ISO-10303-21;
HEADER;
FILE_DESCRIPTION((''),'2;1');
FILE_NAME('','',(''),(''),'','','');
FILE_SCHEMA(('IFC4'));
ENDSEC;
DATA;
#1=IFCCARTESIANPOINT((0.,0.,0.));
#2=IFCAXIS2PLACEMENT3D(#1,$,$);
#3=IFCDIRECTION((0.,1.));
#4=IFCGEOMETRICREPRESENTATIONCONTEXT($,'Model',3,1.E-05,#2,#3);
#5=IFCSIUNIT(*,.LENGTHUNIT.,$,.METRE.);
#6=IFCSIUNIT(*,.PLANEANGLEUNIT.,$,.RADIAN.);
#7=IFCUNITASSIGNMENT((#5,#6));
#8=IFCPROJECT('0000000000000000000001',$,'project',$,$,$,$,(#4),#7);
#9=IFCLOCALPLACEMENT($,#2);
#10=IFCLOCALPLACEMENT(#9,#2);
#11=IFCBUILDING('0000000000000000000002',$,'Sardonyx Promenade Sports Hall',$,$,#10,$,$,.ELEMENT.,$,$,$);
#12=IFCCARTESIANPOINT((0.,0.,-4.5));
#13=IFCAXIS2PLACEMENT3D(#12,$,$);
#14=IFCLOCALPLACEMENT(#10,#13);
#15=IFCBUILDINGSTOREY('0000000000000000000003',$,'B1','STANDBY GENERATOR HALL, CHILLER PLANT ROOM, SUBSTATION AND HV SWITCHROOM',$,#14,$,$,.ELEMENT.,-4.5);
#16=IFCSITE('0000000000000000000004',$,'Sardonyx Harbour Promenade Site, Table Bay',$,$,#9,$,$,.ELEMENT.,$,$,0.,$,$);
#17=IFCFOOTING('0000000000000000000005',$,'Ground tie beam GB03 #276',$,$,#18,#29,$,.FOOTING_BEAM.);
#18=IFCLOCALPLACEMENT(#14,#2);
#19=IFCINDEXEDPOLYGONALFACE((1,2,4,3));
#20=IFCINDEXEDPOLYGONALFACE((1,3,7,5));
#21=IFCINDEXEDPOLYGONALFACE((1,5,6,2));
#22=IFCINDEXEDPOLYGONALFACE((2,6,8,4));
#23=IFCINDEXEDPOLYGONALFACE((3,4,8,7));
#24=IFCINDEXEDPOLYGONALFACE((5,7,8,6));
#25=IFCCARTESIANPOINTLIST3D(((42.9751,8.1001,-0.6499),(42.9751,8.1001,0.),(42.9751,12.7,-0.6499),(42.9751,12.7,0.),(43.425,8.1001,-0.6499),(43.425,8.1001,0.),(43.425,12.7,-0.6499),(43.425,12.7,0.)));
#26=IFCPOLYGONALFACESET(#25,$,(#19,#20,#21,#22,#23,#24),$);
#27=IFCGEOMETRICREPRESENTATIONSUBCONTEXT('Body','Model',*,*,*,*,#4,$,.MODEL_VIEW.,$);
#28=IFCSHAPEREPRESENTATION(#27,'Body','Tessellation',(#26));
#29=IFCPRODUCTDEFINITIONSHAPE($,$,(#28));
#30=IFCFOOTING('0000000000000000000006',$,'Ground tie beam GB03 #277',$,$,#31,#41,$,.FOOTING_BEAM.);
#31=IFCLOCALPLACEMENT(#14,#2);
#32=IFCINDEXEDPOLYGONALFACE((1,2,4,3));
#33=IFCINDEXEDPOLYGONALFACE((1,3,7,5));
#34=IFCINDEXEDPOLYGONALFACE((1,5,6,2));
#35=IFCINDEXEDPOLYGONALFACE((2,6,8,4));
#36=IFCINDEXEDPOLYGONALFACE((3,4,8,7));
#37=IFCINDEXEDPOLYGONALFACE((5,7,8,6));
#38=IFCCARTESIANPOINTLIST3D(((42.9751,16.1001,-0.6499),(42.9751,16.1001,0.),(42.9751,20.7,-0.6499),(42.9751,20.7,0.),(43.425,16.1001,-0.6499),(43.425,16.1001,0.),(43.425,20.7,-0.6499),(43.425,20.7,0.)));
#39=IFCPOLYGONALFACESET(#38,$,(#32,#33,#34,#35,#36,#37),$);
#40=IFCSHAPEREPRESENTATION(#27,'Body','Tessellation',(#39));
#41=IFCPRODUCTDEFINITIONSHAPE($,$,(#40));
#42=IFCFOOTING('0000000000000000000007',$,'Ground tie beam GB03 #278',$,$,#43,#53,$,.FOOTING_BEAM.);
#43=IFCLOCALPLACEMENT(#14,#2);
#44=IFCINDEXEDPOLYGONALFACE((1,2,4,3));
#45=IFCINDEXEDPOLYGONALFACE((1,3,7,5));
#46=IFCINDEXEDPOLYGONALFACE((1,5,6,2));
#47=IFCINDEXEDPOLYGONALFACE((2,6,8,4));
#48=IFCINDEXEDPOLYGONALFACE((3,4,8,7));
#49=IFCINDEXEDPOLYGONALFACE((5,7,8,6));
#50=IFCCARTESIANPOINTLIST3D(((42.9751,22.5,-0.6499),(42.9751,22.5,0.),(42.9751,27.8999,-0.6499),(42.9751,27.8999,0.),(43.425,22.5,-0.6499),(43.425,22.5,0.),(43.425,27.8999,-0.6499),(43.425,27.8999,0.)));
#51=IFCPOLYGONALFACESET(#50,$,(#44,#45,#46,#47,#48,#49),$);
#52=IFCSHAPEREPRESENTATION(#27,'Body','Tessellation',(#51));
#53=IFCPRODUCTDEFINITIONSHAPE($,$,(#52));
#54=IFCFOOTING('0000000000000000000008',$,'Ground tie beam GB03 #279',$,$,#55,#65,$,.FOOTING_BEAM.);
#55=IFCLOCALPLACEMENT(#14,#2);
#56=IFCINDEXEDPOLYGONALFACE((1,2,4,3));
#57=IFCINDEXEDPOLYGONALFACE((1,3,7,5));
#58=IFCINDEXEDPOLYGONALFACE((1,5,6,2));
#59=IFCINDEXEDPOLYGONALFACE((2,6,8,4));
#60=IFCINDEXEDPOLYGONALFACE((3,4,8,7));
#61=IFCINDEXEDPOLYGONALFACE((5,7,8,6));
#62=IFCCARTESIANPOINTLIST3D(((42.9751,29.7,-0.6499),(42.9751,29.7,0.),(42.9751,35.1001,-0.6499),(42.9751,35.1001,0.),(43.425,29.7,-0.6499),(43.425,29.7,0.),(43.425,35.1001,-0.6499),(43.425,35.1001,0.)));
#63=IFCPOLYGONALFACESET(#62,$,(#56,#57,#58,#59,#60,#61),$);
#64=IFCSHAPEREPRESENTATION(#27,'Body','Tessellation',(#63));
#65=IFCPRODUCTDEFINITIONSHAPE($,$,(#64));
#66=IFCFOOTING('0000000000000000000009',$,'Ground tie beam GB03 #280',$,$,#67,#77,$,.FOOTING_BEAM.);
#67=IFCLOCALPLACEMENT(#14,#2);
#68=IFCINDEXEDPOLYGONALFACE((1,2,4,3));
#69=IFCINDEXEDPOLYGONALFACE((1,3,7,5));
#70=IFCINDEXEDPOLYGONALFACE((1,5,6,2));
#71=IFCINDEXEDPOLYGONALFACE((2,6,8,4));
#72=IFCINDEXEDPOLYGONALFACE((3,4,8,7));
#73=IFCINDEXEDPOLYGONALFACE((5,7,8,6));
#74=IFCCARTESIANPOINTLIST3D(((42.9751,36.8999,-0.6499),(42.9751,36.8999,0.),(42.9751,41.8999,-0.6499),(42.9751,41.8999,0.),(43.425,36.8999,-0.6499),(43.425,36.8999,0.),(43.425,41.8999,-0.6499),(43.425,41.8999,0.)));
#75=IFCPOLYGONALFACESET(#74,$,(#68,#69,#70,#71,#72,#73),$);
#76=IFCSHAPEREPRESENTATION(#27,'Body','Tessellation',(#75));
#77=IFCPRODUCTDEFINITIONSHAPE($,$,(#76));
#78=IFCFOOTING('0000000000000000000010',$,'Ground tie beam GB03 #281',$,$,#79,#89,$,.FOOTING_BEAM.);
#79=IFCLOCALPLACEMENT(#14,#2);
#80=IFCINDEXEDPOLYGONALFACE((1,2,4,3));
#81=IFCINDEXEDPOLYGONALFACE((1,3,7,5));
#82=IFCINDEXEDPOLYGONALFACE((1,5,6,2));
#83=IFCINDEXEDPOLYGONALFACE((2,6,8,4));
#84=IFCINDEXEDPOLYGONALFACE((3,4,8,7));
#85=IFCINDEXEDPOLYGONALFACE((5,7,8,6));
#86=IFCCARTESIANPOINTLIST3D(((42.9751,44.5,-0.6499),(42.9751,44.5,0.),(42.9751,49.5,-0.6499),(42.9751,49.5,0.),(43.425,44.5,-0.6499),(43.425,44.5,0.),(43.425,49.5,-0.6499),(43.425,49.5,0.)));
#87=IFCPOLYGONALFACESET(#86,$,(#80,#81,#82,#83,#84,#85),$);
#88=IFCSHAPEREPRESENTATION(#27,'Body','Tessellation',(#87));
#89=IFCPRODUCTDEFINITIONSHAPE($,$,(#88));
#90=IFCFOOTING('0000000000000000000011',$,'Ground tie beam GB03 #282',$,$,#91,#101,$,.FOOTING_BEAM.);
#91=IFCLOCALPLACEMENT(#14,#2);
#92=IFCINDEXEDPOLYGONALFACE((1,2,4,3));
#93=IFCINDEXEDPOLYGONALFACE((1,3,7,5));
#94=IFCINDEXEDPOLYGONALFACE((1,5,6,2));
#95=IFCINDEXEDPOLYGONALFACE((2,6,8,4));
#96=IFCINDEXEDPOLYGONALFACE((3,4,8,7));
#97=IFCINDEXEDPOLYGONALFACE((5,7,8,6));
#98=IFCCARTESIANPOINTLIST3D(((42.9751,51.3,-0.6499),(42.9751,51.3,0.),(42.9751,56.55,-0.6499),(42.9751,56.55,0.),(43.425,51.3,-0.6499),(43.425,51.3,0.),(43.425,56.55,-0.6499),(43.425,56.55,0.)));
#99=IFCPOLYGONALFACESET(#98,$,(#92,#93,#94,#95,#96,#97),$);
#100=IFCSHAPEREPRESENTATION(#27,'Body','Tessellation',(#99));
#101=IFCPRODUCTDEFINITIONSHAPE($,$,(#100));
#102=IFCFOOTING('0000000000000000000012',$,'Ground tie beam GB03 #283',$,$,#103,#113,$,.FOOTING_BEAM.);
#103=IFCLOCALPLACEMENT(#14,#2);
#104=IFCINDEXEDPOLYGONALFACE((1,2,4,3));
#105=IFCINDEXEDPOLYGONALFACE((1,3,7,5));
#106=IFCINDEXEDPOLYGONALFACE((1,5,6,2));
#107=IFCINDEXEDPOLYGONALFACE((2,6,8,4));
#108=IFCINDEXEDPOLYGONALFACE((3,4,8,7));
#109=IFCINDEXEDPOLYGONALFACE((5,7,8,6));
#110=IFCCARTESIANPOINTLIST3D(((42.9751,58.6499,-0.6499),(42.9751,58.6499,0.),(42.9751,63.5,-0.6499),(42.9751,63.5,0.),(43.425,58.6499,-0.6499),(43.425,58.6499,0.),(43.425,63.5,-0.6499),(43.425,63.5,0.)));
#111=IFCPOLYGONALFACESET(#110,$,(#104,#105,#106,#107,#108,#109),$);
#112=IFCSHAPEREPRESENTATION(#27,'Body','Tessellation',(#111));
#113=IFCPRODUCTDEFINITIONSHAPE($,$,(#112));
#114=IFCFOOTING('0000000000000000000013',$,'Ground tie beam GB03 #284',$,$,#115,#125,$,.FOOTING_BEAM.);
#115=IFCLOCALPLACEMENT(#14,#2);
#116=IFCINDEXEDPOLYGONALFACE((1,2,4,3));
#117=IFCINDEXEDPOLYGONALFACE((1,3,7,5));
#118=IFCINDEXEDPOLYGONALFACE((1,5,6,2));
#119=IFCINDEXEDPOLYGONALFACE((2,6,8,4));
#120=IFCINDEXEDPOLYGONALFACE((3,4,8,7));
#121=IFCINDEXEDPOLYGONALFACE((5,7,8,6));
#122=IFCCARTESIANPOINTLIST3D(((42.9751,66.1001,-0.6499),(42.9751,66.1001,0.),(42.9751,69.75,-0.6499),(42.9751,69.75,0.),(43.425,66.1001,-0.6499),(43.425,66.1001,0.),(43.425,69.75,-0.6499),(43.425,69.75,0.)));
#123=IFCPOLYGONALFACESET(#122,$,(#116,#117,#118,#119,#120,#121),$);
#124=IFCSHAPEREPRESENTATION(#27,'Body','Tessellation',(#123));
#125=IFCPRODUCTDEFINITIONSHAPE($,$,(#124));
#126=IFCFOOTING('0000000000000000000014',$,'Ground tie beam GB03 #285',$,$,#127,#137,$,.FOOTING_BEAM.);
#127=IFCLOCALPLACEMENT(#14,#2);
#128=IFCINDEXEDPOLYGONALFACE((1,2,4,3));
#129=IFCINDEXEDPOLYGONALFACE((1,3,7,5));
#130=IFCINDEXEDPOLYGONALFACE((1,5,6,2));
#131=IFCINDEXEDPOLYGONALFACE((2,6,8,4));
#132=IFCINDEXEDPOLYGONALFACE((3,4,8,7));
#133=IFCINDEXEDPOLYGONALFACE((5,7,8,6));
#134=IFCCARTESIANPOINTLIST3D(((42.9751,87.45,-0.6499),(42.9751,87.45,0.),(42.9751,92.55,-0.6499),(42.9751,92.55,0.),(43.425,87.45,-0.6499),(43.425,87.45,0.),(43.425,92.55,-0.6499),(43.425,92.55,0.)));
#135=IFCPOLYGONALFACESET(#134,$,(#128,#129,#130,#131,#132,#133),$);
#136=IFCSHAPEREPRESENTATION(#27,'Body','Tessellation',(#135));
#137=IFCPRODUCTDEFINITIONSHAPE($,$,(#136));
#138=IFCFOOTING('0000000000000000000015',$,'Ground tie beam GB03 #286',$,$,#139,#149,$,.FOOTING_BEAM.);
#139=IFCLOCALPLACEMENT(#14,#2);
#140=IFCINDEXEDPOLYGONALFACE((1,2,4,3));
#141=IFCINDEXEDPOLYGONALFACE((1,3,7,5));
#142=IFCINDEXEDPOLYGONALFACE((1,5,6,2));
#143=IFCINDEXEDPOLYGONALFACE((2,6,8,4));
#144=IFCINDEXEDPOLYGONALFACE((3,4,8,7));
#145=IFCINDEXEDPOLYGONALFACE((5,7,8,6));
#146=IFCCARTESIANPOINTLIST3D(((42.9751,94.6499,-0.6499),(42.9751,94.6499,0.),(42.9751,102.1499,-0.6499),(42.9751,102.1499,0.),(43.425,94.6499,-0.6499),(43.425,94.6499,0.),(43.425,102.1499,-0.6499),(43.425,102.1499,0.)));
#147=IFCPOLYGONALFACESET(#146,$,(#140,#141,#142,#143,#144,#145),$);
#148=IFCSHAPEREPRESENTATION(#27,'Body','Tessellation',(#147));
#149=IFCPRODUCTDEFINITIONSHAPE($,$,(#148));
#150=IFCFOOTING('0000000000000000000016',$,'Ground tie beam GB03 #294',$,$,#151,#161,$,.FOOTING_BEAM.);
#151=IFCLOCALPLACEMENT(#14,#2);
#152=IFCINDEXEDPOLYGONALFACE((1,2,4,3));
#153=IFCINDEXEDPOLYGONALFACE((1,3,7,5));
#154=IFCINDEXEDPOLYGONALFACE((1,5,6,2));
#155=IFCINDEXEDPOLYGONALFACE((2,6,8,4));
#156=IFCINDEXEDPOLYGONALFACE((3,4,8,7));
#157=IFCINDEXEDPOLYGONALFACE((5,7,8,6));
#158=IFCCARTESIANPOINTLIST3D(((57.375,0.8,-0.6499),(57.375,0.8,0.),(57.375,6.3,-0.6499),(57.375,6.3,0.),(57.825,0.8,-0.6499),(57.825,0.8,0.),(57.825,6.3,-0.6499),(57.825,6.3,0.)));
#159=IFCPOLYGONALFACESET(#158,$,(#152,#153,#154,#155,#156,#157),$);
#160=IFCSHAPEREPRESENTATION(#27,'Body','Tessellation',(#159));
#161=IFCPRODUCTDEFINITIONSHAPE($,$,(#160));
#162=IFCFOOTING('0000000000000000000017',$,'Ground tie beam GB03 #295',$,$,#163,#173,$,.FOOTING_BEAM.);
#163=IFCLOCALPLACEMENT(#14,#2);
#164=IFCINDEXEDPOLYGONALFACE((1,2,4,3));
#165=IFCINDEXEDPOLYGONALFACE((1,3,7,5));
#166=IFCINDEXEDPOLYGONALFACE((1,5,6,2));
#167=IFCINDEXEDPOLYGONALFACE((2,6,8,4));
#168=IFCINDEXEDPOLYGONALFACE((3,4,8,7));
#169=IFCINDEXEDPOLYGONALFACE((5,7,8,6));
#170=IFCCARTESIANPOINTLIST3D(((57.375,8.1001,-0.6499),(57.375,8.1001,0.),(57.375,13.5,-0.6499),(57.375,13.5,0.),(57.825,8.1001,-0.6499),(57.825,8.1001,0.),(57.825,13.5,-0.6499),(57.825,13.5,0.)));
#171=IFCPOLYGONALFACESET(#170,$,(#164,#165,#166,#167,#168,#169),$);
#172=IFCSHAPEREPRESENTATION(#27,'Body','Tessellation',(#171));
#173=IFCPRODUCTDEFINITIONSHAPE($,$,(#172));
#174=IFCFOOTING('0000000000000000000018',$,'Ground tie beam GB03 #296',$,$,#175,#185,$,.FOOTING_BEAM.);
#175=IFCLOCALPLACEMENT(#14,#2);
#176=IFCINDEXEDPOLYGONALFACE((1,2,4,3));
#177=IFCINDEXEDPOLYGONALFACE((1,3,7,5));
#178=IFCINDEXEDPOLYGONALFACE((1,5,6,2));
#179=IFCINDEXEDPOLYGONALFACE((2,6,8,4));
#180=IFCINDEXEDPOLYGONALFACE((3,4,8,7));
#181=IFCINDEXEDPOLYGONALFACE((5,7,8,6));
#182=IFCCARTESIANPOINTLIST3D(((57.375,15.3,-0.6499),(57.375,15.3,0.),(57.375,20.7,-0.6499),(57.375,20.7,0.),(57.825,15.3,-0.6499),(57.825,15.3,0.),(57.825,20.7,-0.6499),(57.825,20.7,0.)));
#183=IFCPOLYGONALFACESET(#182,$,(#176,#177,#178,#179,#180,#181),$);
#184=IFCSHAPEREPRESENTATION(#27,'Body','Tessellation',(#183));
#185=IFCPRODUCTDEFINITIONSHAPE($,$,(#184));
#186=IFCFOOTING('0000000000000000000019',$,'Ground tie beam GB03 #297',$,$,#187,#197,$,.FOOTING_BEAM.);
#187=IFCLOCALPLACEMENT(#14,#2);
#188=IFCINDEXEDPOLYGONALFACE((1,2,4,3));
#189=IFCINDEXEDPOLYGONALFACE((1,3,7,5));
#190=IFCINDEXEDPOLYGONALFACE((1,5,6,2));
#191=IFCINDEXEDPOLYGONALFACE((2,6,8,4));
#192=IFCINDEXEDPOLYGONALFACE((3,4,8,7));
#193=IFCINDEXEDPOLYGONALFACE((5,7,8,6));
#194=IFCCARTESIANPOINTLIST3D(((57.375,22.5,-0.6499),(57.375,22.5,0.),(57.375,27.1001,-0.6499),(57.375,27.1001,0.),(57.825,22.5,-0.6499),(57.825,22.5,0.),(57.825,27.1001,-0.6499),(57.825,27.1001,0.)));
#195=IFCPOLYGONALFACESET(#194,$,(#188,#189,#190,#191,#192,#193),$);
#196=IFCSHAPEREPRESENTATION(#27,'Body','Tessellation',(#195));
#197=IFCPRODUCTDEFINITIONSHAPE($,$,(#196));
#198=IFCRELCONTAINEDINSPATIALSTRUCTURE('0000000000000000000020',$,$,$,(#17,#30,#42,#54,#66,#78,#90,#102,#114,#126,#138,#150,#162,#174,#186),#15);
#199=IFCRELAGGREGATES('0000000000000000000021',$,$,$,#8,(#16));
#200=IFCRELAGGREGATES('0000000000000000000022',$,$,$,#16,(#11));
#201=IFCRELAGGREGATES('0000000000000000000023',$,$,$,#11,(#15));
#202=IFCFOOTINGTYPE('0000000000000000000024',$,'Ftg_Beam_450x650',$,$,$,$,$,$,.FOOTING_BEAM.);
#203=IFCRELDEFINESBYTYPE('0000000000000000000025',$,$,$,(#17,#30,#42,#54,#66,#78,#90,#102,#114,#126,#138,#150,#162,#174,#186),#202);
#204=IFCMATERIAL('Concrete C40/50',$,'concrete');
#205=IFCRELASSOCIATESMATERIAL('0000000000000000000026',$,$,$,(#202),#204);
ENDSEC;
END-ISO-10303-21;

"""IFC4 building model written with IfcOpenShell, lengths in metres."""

from ifc_helpers import new_model, si_unit, direction, frame, origin, place, context, subcontext, project, spatial, polyline, outline, extrude, material, type_object, element, save


model = new_model("IFC4")

# Units and contexts
model_context = context("Model", 3, precision=1e-05, world=origin(), true_north=direction((0.0, 1.0)))
body_context = subcontext(model_context, "Body", "Model", "MODEL_VIEW")
ifc_project = project(units=[si_unit("LENGTHUNIT", "METRE"), si_unit("PLANEANGLEUNIT", "RADIAN")], contexts=[model_context])

# Site, building, storey
site_placement = place(None, origin())
site = spatial("IfcSite", under=ifc_project, at=site_placement, Name="Sardonyx Harbour Promenade Site, Table Bay", CompositionType="ELEMENT", RefElevation=0.0)
building_placement = place(site_placement, origin())
building = spatial("IfcBuilding", under=site, at=building_placement, Name="Sardonyx Promenade Sports Hall", CompositionType="ELEMENT")
storey_placement = place(building_placement, frame((0.0, 0.0, -4.5)))
storey = spatial("IfcBuildingStorey", under=building, at=storey_placement, Name="B1", Description="STANDBY GENERATOR HALL, CHILLER PLANT ROOM, SUBSTATION AND HV SWITCHROOM", CompositionType="ELEMENT", Elevation=-4.5)

# Footings
ifc_material = material(Name="Concrete C40/50", Category="concrete")
footing_type = type_object("IfcFootingType", Name="Ftg_Beam_450x650", PredefinedType="FOOTING_BEAM", material=ifc_material)
footing_1_placement = place(storey_placement, frame((0.0, 0.0, -0.6499)))
element("IfcFooting", 1, at=footing_1_placement, inside=storey, type_object=footing_type, Name="Ground tie beam GB03 #276", PredefinedType="FOOTING_BEAM", context=body_context, shape_type="SweptSolid", body=[
    extrude(outline(polyline([(42.9751, 8.1001), (43.425, 8.1001), (43.425, 12.7), (42.9751, 12.7), (42.9751, 8.1001)])), origin(), (0.0, 0.0, 1.0), 0.6499),
])
footing_2_placement = place(storey_placement, frame((0.0, 0.0, -0.6499)))
element("IfcFooting", 2, at=footing_2_placement, inside=storey, type_object=footing_type, Name="Ground tie beam GB03 #277", PredefinedType="FOOTING_BEAM", context=body_context, shape_type="SweptSolid", body=[
    extrude(outline(polyline([(42.9751, 16.1001), (43.425, 16.1001), (43.425, 20.7), (42.9751, 20.7), (42.9751, 16.1001)])), origin(), (0.0, 0.0, 1.0), 0.6499),
])
footing_3_placement = place(storey_placement, frame((0.0, 0.0, -0.6499)))
element("IfcFooting", 3, at=footing_3_placement, inside=storey, type_object=footing_type, Name="Ground tie beam GB03 #278", PredefinedType="FOOTING_BEAM", context=body_context, shape_type="SweptSolid", body=[
    extrude(outline(polyline([(42.9751, 22.5), (43.425, 22.5), (43.425, 27.8999), (42.9751, 27.8999), (42.9751, 22.5)])), origin(), (0.0, 0.0, 1.0), 0.6499),
])
footing_4_placement = place(storey_placement, frame((0.0, 0.0, -0.6499)))
element("IfcFooting", 4, at=footing_4_placement, inside=storey, type_object=footing_type, Name="Ground tie beam GB03 #279", PredefinedType="FOOTING_BEAM", context=body_context, shape_type="SweptSolid", body=[
    extrude(outline(polyline([(42.9751, 29.7), (43.425, 29.7), (43.425, 35.1001), (42.9751, 35.1001), (42.9751, 29.7)])), origin(), (0.0, 0.0, 1.0), 0.6499),
])
footing_5_placement = place(storey_placement, frame((0.0, 0.0, -0.6499)))
element("IfcFooting", 5, at=footing_5_placement, inside=storey, type_object=footing_type, Name="Ground tie beam GB03 #280", PredefinedType="FOOTING_BEAM", context=body_context, shape_type="SweptSolid", body=[
    extrude(outline(polyline([(42.9751, 36.8999), (43.425, 36.8999), (43.425, 41.8999), (42.9751, 41.8999), (42.9751, 36.8999)])), origin(), (0.0, 0.0, 1.0), 0.6499),
])
footing_6_placement = place(storey_placement, frame((0.0, 0.0, -0.6499)))
element("IfcFooting", 6, at=footing_6_placement, inside=storey, type_object=footing_type, Name="Ground tie beam GB03 #281", PredefinedType="FOOTING_BEAM", context=body_context, shape_type="SweptSolid", body=[
    extrude(outline(polyline([(42.9751, 44.5), (43.425, 44.5), (43.425, 49.5), (42.9751, 49.5), (42.9751, 44.5)])), origin(), (0.0, 0.0, 1.0), 0.6499),
])
footing_7_placement = place(storey_placement, frame((0.0, 0.0, -0.6499)))
element("IfcFooting", 7, at=footing_7_placement, inside=storey, type_object=footing_type, Name="Ground tie beam GB03 #282", PredefinedType="FOOTING_BEAM", context=body_context, shape_type="SweptSolid", body=[
    extrude(outline(polyline([(42.9751, 51.3), (43.425, 51.3), (43.425, 56.55), (42.9751, 56.55), (42.9751, 51.3)])), origin(), (0.0, 0.0, 1.0), 0.6499),
])
footing_8_placement = place(storey_placement, frame((0.0, 0.0, -0.6499)))
element("IfcFooting", 8, at=footing_8_placement, inside=storey, type_object=footing_type, Name="Ground tie beam GB03 #283", PredefinedType="FOOTING_BEAM", context=body_context, shape_type="SweptSolid", body=[
    extrude(outline(polyline([(42.9751, 58.6499), (43.425, 58.6499), (43.425, 63.5), (42.9751, 63.5), (42.9751, 58.6499)])), origin(), (0.0, 0.0, 1.0), 0.6499),
])
footing_9_placement = place(storey_placement, frame((0.0, 0.0, -0.6499)))
element("IfcFooting", 9, at=footing_9_placement, inside=storey, type_object=footing_type, Name="Ground tie beam GB03 #284", PredefinedType="FOOTING_BEAM", context=body_context, shape_type="SweptSolid", body=[
    extrude(outline(polyline([(42.9751, 66.1001), (43.425, 66.1001), (43.425, 69.75), (42.9751, 69.75), (42.9751, 66.1001)])), origin(), (0.0, 0.0, 1.0), 0.6499),
])
footing_10_placement = place(storey_placement, frame((0.0, 0.0, -0.6499)))
element("IfcFooting", 10, at=footing_10_placement, inside=storey, type_object=footing_type, Name="Ground tie beam GB03 #285", PredefinedType="FOOTING_BEAM", context=body_context, shape_type="SweptSolid", body=[
    extrude(outline(polyline([(42.9751, 87.45), (43.425, 87.45), (43.425, 92.55), (42.9751, 92.55), (42.9751, 87.45)])), origin(), (0.0, 0.0, 1.0), 0.6499),
])
footing_11_placement = place(storey_placement, frame((0.0, 0.0, -0.6499)))
element("IfcFooting", 11, at=footing_11_placement, inside=storey, type_object=footing_type, Name="Ground tie beam GB03 #286", PredefinedType="FOOTING_BEAM", context=body_context, shape_type="SweptSolid", body=[
    extrude(outline(polyline([(42.9751, 94.6499), (43.425, 94.6499), (43.425, 102.1499), (42.9751, 102.1499), (42.9751, 94.6499)])), origin(), (0.0, 0.0, 1.0), 0.6499),
])
footing_12_placement = place(storey_placement, frame((0.0, 0.0, -0.6499)))
element("IfcFooting", 12, at=footing_12_placement, inside=storey, type_object=footing_type, Name="Ground tie beam GB03 #294", PredefinedType="FOOTING_BEAM", context=body_context, shape_type="SweptSolid", body=[
    extrude(outline(polyline([(57.375, 0.8), (57.825, 0.8), (57.825, 6.3), (57.375, 6.3), (57.375, 0.8)])), origin(), (0.0, 0.0, 1.0), 0.6499),
])
footing_13_placement = place(storey_placement, frame((0.0, 0.0, -0.6499)))
element("IfcFooting", 13, at=footing_13_placement, inside=storey, type_object=footing_type, Name="Ground tie beam GB03 #295", PredefinedType="FOOTING_BEAM", context=body_context, shape_type="SweptSolid", body=[
    extrude(outline(polyline([(57.375, 8.1001), (57.825, 8.1001), (57.825, 13.5), (57.375, 13.5), (57.375, 8.1001)])), origin(), (0.0, 0.0, 1.0), 0.6499),
])
footing_14_placement = place(storey_placement, frame((0.0, 0.0, -0.6499)))
element("IfcFooting", 14, at=footing_14_placement, inside=storey, type_object=footing_type, Name="Ground tie beam GB03 #296", PredefinedType="FOOTING_BEAM", context=body_context, shape_type="SweptSolid", body=[
    extrude(outline(polyline([(57.375, 15.3), (57.825, 15.3), (57.825, 20.7), (57.375, 20.7), (57.375, 15.3)])), origin(), (0.0, 0.0, 1.0), 0.6499),
])
footing_15_placement = place(storey_placement, frame((0.0, 0.0, -0.6499)))
element("IfcFooting", 15, at=footing_15_placement, inside=storey, type_object=footing_type, Name="Ground tie beam GB03 #297", PredefinedType="FOOTING_BEAM", context=body_context, shape_type="SweptSolid", body=[
    extrude(outline(polyline([(57.375, 22.5), (57.825, 22.5), (57.825, 27.1001), (57.375, 27.1001), (57.375, 22.5)])), origin(), (0.0, 0.0, 1.0), 0.6499),
])

save(model, "model.ifc")
